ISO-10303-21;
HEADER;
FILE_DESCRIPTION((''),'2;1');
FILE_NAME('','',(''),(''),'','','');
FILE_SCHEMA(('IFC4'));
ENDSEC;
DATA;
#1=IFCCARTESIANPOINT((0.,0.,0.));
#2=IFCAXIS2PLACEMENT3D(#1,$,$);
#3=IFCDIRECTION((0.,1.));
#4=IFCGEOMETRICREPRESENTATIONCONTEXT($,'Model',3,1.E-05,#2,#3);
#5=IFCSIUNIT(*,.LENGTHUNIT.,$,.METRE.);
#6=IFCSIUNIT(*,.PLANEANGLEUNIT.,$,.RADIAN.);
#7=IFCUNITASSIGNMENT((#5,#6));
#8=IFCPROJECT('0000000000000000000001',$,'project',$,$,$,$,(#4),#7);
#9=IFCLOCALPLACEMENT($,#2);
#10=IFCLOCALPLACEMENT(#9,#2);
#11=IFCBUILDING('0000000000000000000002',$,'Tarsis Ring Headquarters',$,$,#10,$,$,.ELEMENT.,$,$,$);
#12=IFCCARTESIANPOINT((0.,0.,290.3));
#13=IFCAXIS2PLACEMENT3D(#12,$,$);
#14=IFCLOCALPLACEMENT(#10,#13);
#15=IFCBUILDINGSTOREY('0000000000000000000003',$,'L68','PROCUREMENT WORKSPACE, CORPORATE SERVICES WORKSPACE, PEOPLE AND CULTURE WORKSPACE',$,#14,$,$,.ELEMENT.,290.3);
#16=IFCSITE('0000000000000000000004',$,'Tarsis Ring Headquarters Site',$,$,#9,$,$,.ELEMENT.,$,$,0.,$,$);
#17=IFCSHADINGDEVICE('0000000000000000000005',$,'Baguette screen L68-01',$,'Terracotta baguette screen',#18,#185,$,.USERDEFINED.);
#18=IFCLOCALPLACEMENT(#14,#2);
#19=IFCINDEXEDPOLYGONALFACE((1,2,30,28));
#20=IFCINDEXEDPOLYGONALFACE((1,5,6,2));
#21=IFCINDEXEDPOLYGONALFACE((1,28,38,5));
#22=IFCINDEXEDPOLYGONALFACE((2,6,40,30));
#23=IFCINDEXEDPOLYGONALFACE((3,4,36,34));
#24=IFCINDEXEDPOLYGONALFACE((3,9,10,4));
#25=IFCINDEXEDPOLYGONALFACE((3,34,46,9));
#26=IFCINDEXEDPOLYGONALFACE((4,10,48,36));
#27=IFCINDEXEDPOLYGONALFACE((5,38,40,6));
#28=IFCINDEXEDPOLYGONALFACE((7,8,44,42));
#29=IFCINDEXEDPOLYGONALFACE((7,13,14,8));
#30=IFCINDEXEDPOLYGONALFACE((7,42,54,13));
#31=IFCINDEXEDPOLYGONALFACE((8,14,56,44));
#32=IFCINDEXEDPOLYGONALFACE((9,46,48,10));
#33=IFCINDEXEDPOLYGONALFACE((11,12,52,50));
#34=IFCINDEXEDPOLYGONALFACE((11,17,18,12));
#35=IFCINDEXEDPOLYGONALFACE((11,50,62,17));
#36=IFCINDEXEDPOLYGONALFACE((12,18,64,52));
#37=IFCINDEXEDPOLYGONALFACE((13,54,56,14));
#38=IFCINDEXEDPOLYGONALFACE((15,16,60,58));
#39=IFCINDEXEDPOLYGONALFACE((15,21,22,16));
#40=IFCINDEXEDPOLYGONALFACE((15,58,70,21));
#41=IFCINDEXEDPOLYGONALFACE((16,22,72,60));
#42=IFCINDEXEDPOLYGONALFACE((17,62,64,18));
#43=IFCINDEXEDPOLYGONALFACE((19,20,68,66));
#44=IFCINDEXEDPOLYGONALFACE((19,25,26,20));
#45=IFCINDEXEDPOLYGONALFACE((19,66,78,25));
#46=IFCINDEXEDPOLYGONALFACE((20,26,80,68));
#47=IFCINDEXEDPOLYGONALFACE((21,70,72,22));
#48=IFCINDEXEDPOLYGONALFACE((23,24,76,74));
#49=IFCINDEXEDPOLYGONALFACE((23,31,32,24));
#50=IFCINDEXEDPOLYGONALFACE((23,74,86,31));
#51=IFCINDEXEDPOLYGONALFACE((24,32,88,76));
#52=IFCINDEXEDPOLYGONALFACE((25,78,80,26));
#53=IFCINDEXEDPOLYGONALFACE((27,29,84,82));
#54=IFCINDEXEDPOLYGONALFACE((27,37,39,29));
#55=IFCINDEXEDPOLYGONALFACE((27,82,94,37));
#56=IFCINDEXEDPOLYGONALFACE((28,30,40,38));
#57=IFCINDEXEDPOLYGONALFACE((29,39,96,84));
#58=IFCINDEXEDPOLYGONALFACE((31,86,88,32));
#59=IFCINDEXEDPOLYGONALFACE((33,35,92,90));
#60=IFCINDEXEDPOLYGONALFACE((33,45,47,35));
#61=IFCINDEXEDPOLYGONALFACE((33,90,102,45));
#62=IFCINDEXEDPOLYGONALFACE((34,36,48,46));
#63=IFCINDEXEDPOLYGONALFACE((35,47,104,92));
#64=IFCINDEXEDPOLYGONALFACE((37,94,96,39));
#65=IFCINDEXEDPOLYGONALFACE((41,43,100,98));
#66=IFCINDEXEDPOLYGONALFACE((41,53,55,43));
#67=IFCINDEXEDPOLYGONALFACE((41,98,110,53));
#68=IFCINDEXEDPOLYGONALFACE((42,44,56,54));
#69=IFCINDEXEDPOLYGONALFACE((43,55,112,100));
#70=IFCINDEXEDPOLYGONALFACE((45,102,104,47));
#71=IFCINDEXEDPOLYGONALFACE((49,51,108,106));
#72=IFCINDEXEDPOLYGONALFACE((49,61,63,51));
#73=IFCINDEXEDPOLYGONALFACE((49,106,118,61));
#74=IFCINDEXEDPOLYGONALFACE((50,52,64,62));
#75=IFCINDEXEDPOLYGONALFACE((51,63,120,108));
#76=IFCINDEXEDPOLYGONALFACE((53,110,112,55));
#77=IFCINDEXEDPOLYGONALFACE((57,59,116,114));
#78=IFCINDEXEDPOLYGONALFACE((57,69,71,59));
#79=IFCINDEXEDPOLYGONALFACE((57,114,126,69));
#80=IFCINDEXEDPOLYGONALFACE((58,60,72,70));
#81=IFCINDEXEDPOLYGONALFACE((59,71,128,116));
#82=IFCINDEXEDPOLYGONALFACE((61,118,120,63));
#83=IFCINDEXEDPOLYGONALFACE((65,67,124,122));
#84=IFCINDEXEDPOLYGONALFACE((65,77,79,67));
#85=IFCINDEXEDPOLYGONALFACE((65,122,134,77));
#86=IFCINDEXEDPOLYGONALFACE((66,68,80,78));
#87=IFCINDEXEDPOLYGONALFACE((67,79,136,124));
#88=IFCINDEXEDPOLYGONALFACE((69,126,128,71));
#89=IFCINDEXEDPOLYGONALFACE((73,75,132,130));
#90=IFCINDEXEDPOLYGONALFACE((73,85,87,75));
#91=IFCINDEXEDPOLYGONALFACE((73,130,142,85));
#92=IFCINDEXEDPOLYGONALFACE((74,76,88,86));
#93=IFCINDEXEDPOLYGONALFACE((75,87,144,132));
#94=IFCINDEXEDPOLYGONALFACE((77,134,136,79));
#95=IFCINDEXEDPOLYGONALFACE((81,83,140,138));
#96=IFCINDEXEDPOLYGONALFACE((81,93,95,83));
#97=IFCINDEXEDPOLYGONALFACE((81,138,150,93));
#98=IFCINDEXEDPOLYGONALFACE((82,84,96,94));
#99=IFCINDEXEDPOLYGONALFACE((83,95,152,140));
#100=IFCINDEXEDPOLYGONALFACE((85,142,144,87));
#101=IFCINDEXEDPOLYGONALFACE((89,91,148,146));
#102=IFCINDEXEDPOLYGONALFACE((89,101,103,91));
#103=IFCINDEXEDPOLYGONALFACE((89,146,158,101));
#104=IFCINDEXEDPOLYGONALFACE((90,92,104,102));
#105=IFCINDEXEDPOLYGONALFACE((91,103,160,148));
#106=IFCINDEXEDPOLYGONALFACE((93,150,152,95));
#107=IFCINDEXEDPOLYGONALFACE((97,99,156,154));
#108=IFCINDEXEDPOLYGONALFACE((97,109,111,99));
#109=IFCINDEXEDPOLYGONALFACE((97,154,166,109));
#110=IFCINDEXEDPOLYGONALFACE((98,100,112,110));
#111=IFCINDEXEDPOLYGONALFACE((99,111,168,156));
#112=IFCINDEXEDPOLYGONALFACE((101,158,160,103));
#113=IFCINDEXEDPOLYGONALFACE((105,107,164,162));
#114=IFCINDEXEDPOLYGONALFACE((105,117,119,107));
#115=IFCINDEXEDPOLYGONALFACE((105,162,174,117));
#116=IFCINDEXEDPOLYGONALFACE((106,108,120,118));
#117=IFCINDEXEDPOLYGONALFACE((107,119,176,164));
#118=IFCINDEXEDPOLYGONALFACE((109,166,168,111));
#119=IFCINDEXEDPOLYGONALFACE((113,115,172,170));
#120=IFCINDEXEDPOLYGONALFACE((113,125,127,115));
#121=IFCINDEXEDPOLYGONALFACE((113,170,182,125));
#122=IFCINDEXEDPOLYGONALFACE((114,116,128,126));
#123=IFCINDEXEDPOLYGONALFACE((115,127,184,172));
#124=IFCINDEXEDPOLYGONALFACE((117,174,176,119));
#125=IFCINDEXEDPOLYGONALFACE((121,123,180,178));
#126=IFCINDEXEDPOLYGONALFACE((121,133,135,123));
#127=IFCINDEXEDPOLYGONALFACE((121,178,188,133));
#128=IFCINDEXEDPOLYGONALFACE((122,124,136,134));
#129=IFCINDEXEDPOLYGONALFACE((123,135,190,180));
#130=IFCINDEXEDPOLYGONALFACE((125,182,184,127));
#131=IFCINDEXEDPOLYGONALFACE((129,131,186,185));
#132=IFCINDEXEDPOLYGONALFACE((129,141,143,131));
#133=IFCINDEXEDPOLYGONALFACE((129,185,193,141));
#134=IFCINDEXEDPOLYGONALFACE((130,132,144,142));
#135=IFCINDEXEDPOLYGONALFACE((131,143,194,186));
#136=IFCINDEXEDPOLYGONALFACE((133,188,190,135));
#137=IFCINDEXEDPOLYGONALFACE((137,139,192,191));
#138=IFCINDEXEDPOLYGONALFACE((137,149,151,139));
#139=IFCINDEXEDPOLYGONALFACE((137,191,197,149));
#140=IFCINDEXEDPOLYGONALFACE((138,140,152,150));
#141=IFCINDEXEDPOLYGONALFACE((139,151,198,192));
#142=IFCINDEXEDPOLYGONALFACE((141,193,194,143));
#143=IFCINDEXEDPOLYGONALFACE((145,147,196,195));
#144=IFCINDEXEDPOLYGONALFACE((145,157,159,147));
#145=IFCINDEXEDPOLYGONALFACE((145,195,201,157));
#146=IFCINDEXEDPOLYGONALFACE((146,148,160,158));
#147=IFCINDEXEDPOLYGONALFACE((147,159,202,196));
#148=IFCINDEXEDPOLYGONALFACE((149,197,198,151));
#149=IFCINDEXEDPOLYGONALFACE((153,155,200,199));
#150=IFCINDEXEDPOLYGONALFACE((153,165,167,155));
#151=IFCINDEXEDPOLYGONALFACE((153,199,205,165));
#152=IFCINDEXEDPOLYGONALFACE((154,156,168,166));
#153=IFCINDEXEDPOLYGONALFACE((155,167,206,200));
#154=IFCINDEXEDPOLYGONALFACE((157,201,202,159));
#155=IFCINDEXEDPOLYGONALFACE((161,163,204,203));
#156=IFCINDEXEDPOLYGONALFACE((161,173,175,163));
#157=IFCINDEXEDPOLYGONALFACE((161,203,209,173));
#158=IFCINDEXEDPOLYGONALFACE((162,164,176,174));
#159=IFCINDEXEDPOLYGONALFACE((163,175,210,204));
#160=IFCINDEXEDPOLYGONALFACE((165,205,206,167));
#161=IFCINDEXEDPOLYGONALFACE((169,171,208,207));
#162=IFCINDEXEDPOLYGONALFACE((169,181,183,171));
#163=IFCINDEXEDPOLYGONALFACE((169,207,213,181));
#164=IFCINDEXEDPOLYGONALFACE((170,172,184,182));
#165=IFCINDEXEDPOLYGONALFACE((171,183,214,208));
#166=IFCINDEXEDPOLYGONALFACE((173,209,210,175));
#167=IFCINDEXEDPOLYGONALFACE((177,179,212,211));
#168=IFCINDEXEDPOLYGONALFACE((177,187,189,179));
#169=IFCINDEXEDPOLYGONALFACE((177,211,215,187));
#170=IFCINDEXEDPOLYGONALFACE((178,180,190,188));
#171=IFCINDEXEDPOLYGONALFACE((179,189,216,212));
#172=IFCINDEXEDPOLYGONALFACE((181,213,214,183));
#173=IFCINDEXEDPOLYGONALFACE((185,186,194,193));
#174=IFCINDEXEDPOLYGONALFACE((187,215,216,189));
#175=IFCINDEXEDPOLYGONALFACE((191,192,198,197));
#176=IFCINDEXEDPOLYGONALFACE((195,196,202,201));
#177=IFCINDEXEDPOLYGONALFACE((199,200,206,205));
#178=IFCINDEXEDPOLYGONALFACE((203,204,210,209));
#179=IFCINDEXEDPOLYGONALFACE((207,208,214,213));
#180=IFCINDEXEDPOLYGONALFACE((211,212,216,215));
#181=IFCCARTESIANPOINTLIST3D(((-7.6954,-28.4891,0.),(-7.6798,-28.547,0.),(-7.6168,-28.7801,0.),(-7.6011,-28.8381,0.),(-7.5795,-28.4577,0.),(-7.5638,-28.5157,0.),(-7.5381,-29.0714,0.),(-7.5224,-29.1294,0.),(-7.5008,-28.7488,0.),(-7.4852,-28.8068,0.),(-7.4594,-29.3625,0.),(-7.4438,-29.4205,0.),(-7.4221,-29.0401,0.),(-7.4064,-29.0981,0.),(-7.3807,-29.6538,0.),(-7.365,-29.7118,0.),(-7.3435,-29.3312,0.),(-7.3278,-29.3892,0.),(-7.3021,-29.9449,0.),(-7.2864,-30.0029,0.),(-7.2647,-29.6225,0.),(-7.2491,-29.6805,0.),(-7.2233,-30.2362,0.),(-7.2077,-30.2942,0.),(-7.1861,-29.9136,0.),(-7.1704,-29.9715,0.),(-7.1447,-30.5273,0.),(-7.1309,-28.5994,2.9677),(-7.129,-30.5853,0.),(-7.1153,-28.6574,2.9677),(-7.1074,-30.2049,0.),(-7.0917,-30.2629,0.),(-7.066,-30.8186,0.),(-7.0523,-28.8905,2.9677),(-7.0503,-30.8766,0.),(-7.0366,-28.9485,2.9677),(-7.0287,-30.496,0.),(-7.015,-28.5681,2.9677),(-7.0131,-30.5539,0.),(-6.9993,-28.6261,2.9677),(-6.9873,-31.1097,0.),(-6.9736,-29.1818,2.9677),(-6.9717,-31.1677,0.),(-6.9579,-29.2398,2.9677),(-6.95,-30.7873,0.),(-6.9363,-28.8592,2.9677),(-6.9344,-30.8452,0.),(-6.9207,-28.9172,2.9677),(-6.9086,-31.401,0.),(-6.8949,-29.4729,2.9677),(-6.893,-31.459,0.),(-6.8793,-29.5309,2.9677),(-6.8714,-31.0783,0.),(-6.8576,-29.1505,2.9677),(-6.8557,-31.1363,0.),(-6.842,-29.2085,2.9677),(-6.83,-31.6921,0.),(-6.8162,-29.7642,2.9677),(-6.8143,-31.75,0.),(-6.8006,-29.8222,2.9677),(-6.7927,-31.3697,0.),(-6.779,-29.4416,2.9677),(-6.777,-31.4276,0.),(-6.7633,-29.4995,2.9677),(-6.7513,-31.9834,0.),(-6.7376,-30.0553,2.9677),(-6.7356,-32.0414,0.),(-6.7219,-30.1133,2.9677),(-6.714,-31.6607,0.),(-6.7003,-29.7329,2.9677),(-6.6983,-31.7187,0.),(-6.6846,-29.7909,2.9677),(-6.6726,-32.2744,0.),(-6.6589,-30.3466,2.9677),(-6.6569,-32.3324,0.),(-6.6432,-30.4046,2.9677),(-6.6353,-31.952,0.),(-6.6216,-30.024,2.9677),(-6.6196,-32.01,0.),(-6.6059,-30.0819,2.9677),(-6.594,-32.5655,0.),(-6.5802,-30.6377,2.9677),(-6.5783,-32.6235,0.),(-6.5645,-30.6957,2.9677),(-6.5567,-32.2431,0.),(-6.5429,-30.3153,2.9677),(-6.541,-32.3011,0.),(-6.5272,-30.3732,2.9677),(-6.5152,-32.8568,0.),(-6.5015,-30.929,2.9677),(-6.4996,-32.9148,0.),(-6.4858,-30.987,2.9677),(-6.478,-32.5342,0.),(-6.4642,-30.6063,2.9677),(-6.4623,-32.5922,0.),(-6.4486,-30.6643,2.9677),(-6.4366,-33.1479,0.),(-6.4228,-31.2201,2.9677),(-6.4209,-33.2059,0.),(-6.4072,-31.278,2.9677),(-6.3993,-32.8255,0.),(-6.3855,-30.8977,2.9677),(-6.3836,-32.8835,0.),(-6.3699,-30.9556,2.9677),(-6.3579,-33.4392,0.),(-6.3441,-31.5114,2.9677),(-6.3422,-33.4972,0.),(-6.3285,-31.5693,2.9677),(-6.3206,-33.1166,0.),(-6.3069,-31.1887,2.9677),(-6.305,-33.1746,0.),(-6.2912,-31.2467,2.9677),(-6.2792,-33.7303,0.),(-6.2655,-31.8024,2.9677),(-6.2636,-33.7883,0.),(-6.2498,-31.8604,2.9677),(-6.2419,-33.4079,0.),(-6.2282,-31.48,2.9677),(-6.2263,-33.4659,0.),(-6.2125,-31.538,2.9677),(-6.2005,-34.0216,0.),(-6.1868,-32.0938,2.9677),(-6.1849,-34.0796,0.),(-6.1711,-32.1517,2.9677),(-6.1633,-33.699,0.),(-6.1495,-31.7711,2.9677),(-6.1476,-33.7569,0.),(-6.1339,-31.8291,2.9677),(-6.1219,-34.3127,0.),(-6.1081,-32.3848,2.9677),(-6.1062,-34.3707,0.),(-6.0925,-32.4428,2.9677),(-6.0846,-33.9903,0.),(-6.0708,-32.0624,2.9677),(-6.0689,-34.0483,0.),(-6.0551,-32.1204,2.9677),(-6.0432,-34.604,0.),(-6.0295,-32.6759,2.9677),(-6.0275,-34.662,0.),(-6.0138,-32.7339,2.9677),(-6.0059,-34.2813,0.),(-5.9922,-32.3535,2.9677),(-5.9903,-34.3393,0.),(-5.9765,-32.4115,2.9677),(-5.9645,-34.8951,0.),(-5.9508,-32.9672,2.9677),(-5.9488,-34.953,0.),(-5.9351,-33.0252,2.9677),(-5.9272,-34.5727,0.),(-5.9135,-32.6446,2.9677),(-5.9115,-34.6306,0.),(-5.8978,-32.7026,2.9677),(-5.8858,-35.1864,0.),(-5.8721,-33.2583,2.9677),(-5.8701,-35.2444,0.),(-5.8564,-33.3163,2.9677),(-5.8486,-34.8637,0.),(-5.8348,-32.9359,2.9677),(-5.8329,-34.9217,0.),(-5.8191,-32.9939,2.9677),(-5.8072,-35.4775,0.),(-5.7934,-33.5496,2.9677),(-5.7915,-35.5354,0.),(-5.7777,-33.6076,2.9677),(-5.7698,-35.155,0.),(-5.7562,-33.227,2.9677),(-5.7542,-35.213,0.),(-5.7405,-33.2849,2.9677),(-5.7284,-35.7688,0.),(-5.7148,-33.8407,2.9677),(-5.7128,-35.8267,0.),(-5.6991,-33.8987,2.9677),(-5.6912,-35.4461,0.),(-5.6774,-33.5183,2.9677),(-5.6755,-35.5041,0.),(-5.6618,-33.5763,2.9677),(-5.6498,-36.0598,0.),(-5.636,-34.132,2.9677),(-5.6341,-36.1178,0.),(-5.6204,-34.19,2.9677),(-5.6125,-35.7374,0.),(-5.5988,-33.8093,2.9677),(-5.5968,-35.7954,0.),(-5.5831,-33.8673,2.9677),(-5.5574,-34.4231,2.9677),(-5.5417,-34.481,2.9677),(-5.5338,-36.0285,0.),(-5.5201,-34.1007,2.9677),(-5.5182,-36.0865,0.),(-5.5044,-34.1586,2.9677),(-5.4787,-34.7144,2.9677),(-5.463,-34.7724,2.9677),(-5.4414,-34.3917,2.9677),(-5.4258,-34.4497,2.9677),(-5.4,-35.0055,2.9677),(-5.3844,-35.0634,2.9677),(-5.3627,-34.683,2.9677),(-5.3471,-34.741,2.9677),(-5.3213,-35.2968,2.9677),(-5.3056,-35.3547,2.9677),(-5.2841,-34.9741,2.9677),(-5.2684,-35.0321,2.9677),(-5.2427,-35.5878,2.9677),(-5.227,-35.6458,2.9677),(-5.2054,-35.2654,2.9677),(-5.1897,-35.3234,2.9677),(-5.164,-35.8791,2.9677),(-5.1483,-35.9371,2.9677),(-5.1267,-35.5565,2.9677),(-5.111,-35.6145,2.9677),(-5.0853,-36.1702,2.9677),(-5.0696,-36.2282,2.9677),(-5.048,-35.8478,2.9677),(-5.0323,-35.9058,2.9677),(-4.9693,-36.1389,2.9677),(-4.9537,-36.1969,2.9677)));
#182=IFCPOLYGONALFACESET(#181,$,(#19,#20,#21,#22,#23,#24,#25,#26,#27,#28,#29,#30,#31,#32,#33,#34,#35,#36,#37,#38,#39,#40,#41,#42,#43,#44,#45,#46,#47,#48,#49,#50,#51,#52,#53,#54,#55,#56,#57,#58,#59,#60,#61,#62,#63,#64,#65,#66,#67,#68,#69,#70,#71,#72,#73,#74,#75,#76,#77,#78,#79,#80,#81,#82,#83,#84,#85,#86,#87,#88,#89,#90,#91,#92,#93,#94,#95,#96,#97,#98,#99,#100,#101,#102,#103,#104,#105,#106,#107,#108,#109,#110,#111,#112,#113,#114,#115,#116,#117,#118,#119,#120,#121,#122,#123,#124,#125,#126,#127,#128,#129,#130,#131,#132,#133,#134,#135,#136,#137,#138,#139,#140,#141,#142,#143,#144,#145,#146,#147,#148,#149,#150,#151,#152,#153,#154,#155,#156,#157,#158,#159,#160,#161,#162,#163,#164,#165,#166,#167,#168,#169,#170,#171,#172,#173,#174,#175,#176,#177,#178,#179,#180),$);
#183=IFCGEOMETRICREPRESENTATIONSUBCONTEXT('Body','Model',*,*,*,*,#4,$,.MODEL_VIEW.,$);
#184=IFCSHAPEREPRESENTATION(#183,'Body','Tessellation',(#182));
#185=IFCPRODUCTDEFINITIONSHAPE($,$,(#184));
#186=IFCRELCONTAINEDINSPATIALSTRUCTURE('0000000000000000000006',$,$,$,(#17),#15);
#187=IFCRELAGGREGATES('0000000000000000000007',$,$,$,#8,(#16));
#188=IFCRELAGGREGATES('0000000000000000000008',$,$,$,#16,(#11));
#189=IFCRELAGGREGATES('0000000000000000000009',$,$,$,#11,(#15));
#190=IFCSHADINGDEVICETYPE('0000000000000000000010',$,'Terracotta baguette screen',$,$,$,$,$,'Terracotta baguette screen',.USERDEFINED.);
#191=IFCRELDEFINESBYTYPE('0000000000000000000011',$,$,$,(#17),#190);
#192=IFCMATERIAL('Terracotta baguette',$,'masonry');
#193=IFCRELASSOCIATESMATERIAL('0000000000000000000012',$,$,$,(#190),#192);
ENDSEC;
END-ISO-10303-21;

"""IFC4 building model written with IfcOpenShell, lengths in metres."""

from ifc_helpers import new_model, si_unit, direction, frame, frame_2d, origin, place, context, subcontext, project, spatial, rectangle, composite_profile, extrude, material, type_object, element, save


model = new_model("IFC4")

# Units and contexts
model_context = context("Model", 3, precision=1e-05, world=origin(), true_north=direction((0.0, 1.0)))
body_context = subcontext(model_context, "Body", "Model", "MODEL_VIEW")
ifc_project = project(units=[si_unit("LENGTHUNIT", "METRE"), si_unit("PLANEANGLEUNIT", "RADIAN")], contexts=[model_context])

# Site, building, storey
site_placement = place(None, origin())
site = spatial("IfcSite", under=ifc_project, at=site_placement, Name="Tarsis Ring Headquarters Site", CompositionType="ELEMENT", RefElevation=0.0)
building_placement = place(site_placement, origin())
building = spatial("IfcBuilding", under=site, at=building_placement, Name="Tarsis Ring Headquarters", CompositionType="ELEMENT")
storey_placement = place(building_placement, frame((0.0, 0.0, 290.3)))
storey = spatial("IfcBuildingStorey", under=building, at=storey_placement, Name="L68", Description="PROCUREMENT WORKSPACE, CORPORATE SERVICES WORKSPACE, PEOPLE AND CULTURE WORKSPACE", CompositionType="ELEMENT", Elevation=290.3)

# Shading device
ifc_material_1 = material(Name="Terracotta baguette", Category="masonry")
shading_device_type = type_object("IfcShadingDeviceType", Name="Terracotta baguette screen", ElementType="Terracotta baguette screen", PredefinedType="USERDEFINED", material=ifc_material_1)
shading_device_1_placement = place(storey_placement, frame((-7.6375, -28.4734, 0.0), z_axis=(0.0, 0.0, 1.0), x_axis=(0.260844, -0.965367, 0.0)))
element("IfcShadingDevice", 1, at=shading_device_1_placement, inside=storey, type_object=shading_device_type, Name="Baguette screen L68-01", ObjectType="Terracotta baguette screen", PredefinedType="USERDEFINED", context=body_context, shape_type="SweptSolid", body=[
    extrude(composite_profile([rectangle(XDim=0.0601, YDim=0.1201, at=frame_2d((0.03, 0.0))), rectangle(XDim=0.0601, YDim=0.1201, at=frame_2d((0.3315, 0.0))), rectangle(XDim=0.0601, YDim=0.1201, at=frame_2d((0.6333, 0.0))), rectangle(XDim=0.0601, YDim=0.1201, at=frame_2d((0.9348, 0.0))), rectangle(XDim=0.0601, YDim=0.1201, at=frame_2d((1.2366, 0.0))), rectangle(XDim=0.0601, YDim=0.1201, at=frame_2d((1.5381, 0.0))), rectangle(XDim=0.0601, YDim=0.1201, at=frame_2d((1.8398, 0.0))), rectangle(XDim=0.0601, YDim=0.1201, at=frame_2d((2.1414, 0.0))), rectangle(XDim=0.0601, YDim=0.1201, at=frame_2d((2.4431, 0.0))), rectangle(XDim=0.0601, YDim=0.1201, at=frame_2d((2.7446, 0.0))), rectangle(XDim=0.0601, YDim=0.1201, at=frame_2d((3.0464, 0.0))), rectangle(XDim=0.0601, YDim=0.1201, at=frame_2d((3.3479, 0.0))), rectangle(XDim=0.0601, YDim=0.1201, at=frame_2d((3.6497, 0.0))), rectangle(XDim=0.0601, YDim=0.1201, at=frame_2d((3.9512, 0.0))), rectangle(XDim=0.0601, YDim=0.1201, at=frame_2d((4.2527, 0.0))), rectangle(XDim=0.0601, YDim=0.1201, at=frame_2d((4.5544, 0.0))), rectangle(XDim=0.0601, YDim=0.1201, at=frame_2d((4.856, 0.0))), rectangle(XDim=0.0601, YDim=0.1201, at=frame_2d((5.1577, 0.0))), rectangle(XDim=0.0601, YDim=0.1201, at=frame_2d((5.4592, 0.0))), rectangle(XDim=0.0601, YDim=0.1201, at=frame_2d((5.761, 0.0))), rectangle(XDim=0.0601, YDim=0.1201, at=frame_2d((6.0625, 0.0))), rectangle(XDim=0.0601, YDim=0.1201, at=frame_2d((6.3643, 0.0))), rectangle(XDim=0.0601, YDim=0.1201, at=frame_2d((6.6658, 0.0))), rectangle(XDim=0.0601, YDim=0.1201, at=frame_2d((6.9675, 0.0))), rectangle(XDim=0.0601, YDim=0.1201, at=frame_2d((7.269, 0.0))), rectangle(XDim=0.0601, YDim=0.1201, at=frame_2d((7.5708, 0.0))), rectangle(XDim=0.0601, YDim=0.1201, at=frame_2d((7.8723, 0.0)))]), origin(), (0.08396, 0.170744, 0.981732), 3.0229),
])

save(model, "model.ifc")
